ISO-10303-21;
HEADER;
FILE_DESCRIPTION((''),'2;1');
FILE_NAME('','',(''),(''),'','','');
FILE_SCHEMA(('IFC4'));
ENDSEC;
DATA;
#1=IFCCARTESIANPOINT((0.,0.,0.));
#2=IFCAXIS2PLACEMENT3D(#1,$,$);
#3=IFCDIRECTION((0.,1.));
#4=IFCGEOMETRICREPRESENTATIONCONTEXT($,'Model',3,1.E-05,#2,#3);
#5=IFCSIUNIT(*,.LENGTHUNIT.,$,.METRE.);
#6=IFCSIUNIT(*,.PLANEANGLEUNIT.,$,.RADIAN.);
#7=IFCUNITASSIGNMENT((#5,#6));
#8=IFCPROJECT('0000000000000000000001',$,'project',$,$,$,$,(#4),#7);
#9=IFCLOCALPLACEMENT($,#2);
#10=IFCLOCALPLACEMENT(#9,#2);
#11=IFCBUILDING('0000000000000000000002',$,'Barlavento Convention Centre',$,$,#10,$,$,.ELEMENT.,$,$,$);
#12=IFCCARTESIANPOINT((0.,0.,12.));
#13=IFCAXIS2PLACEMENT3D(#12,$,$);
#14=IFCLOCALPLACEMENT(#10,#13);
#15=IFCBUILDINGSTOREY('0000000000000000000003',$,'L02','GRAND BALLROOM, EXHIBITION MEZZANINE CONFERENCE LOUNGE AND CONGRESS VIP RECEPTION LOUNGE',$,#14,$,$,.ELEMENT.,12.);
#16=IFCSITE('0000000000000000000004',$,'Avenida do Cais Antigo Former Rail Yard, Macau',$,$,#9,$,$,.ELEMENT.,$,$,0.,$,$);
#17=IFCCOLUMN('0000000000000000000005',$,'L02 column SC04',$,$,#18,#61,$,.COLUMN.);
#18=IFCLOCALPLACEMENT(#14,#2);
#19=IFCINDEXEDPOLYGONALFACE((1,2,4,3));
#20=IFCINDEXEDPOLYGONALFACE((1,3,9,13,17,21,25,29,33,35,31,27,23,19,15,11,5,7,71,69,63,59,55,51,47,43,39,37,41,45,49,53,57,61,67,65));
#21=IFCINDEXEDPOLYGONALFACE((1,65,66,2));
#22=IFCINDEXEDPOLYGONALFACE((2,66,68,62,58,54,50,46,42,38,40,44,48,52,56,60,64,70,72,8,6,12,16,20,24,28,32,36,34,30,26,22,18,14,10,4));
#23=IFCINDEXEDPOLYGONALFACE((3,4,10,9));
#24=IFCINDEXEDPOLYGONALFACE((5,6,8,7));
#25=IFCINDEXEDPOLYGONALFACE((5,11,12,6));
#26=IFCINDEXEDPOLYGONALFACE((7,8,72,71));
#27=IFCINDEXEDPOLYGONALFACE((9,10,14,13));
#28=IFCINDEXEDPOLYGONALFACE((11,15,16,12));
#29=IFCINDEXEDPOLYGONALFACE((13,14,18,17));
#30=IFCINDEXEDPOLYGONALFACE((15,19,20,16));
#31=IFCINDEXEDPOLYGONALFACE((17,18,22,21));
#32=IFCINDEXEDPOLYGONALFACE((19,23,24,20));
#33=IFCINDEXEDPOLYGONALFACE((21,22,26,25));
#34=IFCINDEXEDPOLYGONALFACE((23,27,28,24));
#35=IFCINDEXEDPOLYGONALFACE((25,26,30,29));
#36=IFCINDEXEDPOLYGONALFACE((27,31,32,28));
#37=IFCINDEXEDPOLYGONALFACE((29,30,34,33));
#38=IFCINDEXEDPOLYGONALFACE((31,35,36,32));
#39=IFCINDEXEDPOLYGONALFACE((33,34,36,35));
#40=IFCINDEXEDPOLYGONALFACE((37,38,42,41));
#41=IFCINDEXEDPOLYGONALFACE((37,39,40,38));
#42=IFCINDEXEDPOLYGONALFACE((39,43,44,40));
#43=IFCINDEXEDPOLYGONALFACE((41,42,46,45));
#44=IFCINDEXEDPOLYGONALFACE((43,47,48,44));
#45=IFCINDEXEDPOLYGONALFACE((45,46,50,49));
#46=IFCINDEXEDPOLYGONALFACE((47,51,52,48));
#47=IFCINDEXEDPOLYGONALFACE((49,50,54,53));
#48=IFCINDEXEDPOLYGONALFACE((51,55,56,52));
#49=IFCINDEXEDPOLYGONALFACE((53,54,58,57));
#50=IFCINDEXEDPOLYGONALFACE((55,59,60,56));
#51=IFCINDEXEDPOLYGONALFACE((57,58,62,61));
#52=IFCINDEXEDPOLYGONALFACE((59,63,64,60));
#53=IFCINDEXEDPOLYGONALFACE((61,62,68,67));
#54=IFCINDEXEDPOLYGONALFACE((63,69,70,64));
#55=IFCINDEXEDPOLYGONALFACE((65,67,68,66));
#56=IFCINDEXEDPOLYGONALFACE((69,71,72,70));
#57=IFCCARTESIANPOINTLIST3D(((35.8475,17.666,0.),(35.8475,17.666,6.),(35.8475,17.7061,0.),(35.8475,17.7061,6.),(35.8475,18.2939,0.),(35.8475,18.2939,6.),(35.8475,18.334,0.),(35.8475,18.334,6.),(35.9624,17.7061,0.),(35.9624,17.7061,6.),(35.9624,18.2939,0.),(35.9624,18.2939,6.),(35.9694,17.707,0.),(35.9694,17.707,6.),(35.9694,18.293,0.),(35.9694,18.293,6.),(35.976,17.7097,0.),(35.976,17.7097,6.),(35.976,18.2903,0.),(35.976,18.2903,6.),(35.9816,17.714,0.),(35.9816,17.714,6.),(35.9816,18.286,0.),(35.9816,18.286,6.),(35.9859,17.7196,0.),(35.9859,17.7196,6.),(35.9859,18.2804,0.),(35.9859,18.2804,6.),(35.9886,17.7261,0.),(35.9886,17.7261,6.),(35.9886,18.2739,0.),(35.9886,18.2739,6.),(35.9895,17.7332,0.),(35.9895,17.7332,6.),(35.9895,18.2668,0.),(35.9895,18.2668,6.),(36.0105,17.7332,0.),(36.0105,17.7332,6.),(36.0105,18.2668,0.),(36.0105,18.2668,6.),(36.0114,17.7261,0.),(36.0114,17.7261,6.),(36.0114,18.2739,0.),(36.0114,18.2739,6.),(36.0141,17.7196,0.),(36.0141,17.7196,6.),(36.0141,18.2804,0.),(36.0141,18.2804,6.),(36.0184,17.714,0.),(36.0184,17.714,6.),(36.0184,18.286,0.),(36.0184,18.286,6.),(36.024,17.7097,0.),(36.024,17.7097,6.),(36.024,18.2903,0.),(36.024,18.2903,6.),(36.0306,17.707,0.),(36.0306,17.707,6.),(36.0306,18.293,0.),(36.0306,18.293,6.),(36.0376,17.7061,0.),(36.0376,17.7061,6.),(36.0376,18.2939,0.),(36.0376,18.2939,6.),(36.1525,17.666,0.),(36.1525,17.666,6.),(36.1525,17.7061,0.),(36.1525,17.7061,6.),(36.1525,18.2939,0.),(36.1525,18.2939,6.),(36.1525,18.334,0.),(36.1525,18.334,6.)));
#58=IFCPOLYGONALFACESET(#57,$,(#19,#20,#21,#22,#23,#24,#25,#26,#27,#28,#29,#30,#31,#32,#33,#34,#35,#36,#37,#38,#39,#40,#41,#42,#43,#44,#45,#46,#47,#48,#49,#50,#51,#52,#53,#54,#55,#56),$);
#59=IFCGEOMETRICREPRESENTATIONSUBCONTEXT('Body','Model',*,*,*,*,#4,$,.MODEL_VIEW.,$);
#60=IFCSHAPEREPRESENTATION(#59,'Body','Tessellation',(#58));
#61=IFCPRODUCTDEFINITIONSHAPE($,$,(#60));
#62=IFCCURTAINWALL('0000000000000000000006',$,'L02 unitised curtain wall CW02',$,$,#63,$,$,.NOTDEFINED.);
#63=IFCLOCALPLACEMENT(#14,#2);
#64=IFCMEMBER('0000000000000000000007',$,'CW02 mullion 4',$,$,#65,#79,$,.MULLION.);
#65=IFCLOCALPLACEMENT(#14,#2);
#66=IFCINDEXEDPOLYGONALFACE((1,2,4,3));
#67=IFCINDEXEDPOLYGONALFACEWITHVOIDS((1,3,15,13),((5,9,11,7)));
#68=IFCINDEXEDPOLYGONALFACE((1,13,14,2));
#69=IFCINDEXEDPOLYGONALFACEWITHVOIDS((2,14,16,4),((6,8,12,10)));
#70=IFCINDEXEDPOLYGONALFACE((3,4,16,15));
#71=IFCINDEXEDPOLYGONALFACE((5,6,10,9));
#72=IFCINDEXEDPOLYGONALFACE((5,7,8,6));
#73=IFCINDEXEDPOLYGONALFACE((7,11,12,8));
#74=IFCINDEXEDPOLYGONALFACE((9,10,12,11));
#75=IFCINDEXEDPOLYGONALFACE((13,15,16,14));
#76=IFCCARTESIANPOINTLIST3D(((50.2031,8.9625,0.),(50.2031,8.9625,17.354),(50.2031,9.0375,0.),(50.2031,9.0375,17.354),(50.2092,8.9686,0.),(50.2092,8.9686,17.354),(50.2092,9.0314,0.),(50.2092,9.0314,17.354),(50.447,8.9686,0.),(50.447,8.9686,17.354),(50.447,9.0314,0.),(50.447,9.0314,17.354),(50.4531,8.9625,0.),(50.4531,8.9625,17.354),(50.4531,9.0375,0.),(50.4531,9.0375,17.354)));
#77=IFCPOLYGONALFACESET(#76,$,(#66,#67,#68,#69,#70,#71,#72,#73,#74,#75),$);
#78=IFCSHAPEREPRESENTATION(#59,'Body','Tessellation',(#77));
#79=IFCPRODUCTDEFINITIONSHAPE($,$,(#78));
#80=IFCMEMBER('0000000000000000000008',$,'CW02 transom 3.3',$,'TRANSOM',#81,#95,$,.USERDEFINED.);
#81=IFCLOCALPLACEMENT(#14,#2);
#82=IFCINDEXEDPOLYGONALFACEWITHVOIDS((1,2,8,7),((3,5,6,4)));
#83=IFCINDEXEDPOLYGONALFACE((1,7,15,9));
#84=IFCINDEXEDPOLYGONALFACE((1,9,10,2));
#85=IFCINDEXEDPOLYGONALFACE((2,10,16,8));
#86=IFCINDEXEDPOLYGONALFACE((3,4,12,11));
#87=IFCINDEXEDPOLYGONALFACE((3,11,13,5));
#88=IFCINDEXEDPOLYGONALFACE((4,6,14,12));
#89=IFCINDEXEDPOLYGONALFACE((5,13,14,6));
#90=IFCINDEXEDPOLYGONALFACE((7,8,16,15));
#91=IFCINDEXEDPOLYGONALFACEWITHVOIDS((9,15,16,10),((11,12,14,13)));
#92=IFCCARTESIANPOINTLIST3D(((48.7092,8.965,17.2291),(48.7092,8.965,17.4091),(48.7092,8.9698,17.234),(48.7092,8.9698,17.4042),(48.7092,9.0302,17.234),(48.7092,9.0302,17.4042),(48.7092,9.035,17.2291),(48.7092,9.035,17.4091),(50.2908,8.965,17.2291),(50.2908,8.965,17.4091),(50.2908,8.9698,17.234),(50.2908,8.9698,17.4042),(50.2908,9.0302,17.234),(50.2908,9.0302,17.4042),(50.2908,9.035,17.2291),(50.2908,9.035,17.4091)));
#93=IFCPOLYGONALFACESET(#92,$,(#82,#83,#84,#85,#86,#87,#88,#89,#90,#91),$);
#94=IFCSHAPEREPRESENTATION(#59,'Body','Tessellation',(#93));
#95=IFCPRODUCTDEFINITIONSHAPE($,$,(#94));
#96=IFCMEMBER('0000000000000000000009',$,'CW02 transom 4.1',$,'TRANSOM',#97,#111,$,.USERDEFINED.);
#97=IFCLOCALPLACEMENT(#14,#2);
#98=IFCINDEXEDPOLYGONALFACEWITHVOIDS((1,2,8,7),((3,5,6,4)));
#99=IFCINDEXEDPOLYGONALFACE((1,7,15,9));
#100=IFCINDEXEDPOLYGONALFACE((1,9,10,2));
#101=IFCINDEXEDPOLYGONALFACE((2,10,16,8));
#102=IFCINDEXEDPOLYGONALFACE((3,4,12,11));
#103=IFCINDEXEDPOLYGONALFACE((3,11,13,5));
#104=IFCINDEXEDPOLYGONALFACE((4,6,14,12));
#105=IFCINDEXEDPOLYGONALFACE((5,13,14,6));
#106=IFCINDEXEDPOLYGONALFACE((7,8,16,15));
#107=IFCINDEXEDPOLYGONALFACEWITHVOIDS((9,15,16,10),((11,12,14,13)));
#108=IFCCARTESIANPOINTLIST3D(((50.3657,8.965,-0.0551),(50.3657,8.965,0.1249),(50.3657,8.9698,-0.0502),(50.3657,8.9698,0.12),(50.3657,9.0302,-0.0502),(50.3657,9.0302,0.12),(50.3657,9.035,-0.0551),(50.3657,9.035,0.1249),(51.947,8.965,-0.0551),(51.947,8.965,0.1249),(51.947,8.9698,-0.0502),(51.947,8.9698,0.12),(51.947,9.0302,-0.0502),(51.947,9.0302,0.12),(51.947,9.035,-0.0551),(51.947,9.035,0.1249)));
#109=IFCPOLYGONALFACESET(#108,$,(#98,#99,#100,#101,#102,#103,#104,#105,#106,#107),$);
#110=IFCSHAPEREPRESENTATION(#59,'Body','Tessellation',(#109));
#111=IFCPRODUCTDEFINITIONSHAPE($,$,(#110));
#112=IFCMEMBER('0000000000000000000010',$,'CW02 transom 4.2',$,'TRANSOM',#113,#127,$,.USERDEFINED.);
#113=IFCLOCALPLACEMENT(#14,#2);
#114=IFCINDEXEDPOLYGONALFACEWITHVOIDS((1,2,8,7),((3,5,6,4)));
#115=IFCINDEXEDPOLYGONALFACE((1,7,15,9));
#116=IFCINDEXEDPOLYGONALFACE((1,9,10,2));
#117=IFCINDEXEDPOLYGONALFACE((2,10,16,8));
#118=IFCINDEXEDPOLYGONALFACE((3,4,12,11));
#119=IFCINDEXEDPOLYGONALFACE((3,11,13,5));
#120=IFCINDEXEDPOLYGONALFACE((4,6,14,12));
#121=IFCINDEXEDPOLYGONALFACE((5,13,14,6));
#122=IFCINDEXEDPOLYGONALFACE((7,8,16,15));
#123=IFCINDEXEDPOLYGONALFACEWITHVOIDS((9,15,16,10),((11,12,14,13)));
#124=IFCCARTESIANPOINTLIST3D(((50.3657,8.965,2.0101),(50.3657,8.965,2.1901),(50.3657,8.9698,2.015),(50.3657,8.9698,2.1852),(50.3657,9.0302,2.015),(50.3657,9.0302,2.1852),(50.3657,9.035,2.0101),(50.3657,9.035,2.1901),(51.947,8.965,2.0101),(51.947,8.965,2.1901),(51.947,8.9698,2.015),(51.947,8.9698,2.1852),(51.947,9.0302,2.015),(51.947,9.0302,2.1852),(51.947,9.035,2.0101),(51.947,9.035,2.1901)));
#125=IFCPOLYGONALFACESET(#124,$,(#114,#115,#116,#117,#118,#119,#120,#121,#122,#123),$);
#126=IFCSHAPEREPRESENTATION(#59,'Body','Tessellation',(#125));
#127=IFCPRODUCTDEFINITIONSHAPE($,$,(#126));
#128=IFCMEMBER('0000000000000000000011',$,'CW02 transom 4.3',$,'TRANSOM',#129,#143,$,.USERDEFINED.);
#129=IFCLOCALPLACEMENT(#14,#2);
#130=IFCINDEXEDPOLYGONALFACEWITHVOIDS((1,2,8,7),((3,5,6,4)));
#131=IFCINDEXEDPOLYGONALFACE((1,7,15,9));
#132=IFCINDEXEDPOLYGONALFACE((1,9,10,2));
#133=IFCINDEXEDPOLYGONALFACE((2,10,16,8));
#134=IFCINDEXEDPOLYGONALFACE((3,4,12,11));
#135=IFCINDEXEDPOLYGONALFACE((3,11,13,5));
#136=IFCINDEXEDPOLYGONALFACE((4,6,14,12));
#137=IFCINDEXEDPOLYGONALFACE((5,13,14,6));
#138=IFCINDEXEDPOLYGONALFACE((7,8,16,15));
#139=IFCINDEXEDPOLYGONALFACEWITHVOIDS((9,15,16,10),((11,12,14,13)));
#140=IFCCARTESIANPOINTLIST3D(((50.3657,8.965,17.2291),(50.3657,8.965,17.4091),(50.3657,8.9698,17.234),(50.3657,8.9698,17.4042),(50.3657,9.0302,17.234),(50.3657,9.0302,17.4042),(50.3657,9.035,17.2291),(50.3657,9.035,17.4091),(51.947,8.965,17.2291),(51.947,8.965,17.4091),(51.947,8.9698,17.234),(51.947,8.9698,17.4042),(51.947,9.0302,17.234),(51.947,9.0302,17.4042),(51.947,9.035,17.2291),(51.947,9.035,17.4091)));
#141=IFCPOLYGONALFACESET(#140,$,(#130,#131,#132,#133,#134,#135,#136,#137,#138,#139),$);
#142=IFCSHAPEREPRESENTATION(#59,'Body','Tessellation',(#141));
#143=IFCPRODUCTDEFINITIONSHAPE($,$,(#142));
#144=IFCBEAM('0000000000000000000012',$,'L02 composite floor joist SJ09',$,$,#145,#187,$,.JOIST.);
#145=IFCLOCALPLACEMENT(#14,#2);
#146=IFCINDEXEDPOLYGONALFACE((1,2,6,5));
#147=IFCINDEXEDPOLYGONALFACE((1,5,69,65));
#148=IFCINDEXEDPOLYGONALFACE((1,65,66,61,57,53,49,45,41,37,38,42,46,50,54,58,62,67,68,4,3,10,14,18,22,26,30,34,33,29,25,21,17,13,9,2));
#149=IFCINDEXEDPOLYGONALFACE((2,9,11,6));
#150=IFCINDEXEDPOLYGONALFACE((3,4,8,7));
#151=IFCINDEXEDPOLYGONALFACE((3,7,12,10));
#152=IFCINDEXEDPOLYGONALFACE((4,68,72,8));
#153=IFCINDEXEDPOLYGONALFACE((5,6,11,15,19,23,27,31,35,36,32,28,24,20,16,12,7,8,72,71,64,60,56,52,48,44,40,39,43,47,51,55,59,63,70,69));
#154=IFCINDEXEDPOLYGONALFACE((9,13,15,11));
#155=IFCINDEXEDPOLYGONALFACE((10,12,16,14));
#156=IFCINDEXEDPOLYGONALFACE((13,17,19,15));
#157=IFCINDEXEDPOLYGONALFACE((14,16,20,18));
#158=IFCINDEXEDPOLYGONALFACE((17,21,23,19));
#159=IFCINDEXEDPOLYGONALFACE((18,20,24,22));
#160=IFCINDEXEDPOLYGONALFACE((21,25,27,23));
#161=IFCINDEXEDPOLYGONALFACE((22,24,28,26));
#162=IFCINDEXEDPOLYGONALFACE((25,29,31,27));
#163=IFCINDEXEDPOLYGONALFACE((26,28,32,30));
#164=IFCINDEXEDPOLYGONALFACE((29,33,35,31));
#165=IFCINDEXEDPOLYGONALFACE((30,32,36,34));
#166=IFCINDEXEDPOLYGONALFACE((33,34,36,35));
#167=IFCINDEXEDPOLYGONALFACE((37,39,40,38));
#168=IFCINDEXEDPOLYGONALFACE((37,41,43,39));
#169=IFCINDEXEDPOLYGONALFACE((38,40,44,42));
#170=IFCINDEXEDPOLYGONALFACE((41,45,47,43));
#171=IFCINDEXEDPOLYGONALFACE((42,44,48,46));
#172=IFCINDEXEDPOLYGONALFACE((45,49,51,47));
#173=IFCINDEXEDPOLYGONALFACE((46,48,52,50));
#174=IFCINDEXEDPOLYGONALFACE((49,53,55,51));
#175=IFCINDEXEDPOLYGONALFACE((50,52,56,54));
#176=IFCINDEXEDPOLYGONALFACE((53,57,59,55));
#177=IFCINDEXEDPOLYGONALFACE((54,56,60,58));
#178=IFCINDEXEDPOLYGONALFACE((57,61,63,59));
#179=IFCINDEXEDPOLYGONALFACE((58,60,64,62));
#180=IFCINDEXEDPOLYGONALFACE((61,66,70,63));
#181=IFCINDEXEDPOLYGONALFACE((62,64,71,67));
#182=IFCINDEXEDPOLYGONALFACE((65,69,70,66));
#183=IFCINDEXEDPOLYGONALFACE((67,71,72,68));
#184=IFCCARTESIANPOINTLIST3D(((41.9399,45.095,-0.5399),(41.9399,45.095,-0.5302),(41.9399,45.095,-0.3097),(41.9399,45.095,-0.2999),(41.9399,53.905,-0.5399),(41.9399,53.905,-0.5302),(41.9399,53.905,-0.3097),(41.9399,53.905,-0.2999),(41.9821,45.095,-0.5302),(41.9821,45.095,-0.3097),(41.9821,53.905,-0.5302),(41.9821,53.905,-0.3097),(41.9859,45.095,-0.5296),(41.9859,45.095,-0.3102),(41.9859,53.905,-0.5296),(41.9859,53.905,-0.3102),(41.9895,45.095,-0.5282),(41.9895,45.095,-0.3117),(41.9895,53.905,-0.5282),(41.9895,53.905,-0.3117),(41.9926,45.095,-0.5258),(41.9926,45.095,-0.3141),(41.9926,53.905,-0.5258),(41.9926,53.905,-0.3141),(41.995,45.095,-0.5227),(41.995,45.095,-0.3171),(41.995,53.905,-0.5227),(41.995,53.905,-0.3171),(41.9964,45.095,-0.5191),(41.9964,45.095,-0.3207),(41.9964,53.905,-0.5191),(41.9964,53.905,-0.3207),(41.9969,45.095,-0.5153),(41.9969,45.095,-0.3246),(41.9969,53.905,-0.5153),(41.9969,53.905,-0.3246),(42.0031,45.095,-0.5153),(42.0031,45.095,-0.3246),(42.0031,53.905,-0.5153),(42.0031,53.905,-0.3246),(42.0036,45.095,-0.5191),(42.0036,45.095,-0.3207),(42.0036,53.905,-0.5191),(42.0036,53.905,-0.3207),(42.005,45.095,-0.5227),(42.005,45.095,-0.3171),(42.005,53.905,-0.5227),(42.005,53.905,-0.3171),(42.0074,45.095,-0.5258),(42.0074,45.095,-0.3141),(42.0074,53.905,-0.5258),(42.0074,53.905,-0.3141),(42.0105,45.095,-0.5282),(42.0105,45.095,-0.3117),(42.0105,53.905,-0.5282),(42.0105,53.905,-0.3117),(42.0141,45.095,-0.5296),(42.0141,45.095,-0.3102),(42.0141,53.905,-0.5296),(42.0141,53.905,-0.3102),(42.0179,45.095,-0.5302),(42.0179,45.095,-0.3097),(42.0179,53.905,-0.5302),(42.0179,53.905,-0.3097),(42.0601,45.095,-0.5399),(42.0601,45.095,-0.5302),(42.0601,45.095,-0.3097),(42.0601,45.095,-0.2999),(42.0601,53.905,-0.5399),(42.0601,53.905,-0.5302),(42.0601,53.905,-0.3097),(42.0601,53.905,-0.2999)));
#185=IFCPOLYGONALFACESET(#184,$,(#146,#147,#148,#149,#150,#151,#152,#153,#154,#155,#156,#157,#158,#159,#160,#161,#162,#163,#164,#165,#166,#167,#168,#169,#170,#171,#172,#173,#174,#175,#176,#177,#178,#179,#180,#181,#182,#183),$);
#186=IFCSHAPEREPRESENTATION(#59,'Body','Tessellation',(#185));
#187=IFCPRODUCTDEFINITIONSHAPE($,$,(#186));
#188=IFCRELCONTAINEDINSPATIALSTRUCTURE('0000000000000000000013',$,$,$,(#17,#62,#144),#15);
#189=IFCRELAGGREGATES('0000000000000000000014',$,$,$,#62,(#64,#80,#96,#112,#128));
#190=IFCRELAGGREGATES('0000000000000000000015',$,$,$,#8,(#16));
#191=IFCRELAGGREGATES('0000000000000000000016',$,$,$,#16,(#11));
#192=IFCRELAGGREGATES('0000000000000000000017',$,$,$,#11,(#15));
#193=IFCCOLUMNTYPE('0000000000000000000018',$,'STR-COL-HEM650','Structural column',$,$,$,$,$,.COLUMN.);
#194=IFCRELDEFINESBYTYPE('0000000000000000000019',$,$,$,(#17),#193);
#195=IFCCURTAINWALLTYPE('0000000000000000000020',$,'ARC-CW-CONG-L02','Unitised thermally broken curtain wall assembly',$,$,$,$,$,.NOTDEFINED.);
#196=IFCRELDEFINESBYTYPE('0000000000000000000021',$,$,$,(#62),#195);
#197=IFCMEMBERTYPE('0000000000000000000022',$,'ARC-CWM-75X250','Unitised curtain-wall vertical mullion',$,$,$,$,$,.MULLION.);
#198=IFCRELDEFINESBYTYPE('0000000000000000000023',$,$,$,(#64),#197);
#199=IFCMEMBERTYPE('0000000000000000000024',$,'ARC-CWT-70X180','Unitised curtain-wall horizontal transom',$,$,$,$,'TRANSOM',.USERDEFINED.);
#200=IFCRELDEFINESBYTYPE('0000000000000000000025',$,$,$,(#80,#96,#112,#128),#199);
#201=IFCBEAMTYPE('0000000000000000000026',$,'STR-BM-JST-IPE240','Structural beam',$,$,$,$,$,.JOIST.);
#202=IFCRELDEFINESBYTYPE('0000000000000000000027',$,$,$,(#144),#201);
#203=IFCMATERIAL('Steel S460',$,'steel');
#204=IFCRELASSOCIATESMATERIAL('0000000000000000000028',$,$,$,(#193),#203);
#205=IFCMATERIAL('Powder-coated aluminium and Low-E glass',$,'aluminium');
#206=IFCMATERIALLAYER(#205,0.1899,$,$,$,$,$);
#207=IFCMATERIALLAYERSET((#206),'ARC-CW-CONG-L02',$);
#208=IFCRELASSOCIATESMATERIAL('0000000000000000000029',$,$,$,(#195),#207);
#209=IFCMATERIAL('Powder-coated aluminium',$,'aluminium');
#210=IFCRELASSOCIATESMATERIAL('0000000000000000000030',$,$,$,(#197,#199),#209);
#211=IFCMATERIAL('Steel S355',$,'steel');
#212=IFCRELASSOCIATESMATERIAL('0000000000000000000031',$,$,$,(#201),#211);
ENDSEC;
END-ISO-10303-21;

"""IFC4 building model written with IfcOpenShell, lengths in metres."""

from ifc_helpers import new_model, si_unit, direction, frame, origin, origin_2d, place, context, subcontext, project, spatial, hollow_rectangle, i_section, extrude, material, layer, layer_set, material_profile, profile_set, type_object, element, aggregate, save


model = new_model("IFC4")

# Units and contexts
model_context = context("Model", 3, precision=1e-05, world=origin(), true_north=direction((0.0, 1.0)))
body_context = subcontext(model_context, "Body", "Model", "MODEL_VIEW")
ifc_project = project(units=[si_unit("LENGTHUNIT", "METRE"), si_unit("PLANEANGLEUNIT", "RADIAN")], contexts=[model_context])

# Site, building, storey
site_placement = place(None, origin())
site = spatial("IfcSite", under=ifc_project, at=site_placement, Name="Avenida do Cais Antigo Former Rail Yard, Macau", CompositionType="ELEMENT", RefElevation=0.0)
building_placement = place(site_placement, origin())
building = spatial("IfcBuilding", under=site, at=building_placement, Name="Barlavento Convention Centre", CompositionType="ELEMENT")
storey_placement = place(building_placement, frame((0.0, 0.0, 12.0)))
storey = spatial("IfcBuildingStorey", under=building, at=storey_placement, Name="L02", Description="GRAND BALLROOM, EXHIBITION MEZZANINE CONFERENCE LOUNGE AND CONGRESS VIP RECEPTION LOUNGE", CompositionType="ELEMENT", Elevation=12.0)

# Column
ifc_material_1 = material(Name="Steel S355", Category="steel")
ifc_material_2 = material(Name="Steel S460", Category="steel")
ifc_material_profile_1 = material_profile(ifc_material_2, i_section(OverallWidth=0.3049, OverallDepth=0.668, WebThickness=0.021, FlangeThickness=0.04, FilletRadius=0.0271, at=origin_2d()), Name="HEM 650")
ifc_profile_set_1 = profile_set([ifc_material_profile_1], Name="Steel S460")
column_type_1 = type_object("IfcColumnType", Name="STR-COL-HEM650", Description="Structural column", PredefinedType="COLUMN", material=ifc_profile_set_1)
column_1_placement = place(storey_placement, frame((36.0, 18.0, 0.0), z_axis=(0.0, 0.0, 1.0), x_axis=(1.0, 0.0, 0.0)))
element("IfcColumn", 1, at=column_1_placement, inside=storey, type_object=column_type_1, Name="L02 column SC04", PredefinedType="COLUMN", context=body_context, shape_type="SweptSolid", body=[
    extrude(i_section(OverallWidth=0.3049, OverallDepth=0.668, WebThickness=0.021, FlangeThickness=0.04, FilletRadius=0.0271, at=origin_2d()), origin(), (0.0, 0.0, 1.0), 6.0),
])

# Curtain wall, members
ifc_material_3 = material(Name="Powder-coated aluminium and Low-E glass", Category="aluminium")
ifc_layer_1 = layer(ifc_material_3, 0.1899)
ifc_layer_set_1 = layer_set([ifc_layer_1], Name="ARC-CW-CONG-L02")
curtain_wall_type = type_object("IfcCurtainWallType", Name="ARC-CW-CONG-L02", Description="Unitised thermally broken curtain wall assembly", PredefinedType="NOTDEFINED", material=ifc_layer_set_1)
curtain_wall_placement = place(storey_placement, origin())
curtain_wall = element("IfcCurtainWall", 2, at=curtain_wall_placement, inside=storey, type_object=curtain_wall_type, Name="L02 unitised curtain wall CW02", PredefinedType="NOTDEFINED")
ifc_material_4 = material(Name="Powder-coated aluminium", Category="aluminium")
ifc_material_profile_2 = material_profile(ifc_material_4, hollow_rectangle(XDim=0.075, YDim=0.25, WallThickness=0.0061, at=origin_2d()), Name="AL-MULL 75x250x6")
ifc_profile_set_2 = profile_set([ifc_material_profile_2], Name="Powder-coated aluminium")
member_type_1 = type_object("IfcMemberType", Name="ARC-CWM-75X250", Description="Unitised curtain-wall vertical mullion", PredefinedType="MULLION", material=ifc_profile_set_2)
member_1_placement = place(storey_placement, frame((50.3281, 9.0, 0.0), z_axis=(0.0, 0.0, 1.0), x_axis=(0.0, 1.0, 0.0)))
member_1 = element("IfcMember", 3, at=member_1_placement, type_object=member_type_1, Name="CW02 mullion 4", PredefinedType="MULLION", context=body_context, shape_type="SweptSolid", body=[
    extrude(hollow_rectangle(XDim=0.075, YDim=0.25, WallThickness=0.0061, at=origin_2d()), origin(), (0.0, 0.0, 1.0), 17.354),
])
ifc_material_profile_3 = material_profile(ifc_material_4, hollow_rectangle(XDim=0.0701, YDim=0.1799, WallThickness=0.0049, at=origin_2d()), Name="AL-TRAN 70x180x5")
ifc_profile_set_3 = profile_set([ifc_material_profile_3], Name="Powder-coated aluminium")
member_type_2 = type_object("IfcMemberType", Name="ARC-CWT-70X180", Description="Unitised curtain-wall horizontal transom", ElementType="TRANSOM", PredefinedType="USERDEFINED", material=ifc_profile_set_3)
member_2_placement = place(storey_placement, frame((48.7092, 9.0, 17.3191), z_axis=(1.0, 0.0, 0.0), x_axis=(0.0, 1.0, 0.0)))
member_2 = element("IfcMember", 4, at=member_2_placement, type_object=member_type_2, Name="CW02 transom 3.3", ObjectType="TRANSOM", PredefinedType="USERDEFINED", context=body_context, shape_type="SweptSolid", body=[
    extrude(hollow_rectangle(XDim=0.0701, YDim=0.1799, WallThickness=0.0049, at=origin_2d()), origin(), (0.0, 0.0, 1.0), 1.5815),
])
member_3_placement = place(storey_placement, frame((50.3657, 9.0, 0.0349), z_axis=(1.0, 0.0, 0.0), x_axis=(0.0, 1.0, 0.0)))
member_3 = element("IfcMember", 5, at=member_3_placement, type_object=member_type_2, Name="CW02 transom 4.1", ObjectType="TRANSOM", PredefinedType="USERDEFINED", context=body_context, shape_type="SweptSolid", body=[
    extrude(hollow_rectangle(XDim=0.0701, YDim=0.1799, WallThickness=0.0049, at=origin_2d()), origin(), (0.0, 0.0, 1.0), 1.5813),
])
member_4_placement = place(storey_placement, frame((50.3657, 9.0, 2.1001), z_axis=(1.0, 0.0, 0.0), x_axis=(0.0, 1.0, 0.0)))
member_4 = element("IfcMember", 6, at=member_4_placement, type_object=member_type_2, Name="CW02 transom 4.2", ObjectType="TRANSOM", PredefinedType="USERDEFINED", context=body_context, shape_type="SweptSolid", body=[
    extrude(hollow_rectangle(XDim=0.0701, YDim=0.1799, WallThickness=0.0049, at=origin_2d()), origin(), (0.0, 0.0, 1.0), 1.5813),
])
member_5_placement = place(storey_placement, frame((50.3657, 9.0, 17.3191), z_axis=(1.0, 0.0, 0.0), x_axis=(0.0, 1.0, 0.0)))
member_5 = element("IfcMember", 7, at=member_5_placement, type_object=member_type_2, Name="CW02 transom 4.3", ObjectType="TRANSOM", PredefinedType="USERDEFINED", context=body_context, shape_type="SweptSolid", body=[
    extrude(hollow_rectangle(XDim=0.0701, YDim=0.1799, WallThickness=0.0049, at=origin_2d()), origin(), (0.0, 0.0, 1.0), 1.5813),
])

# Beam
ifc_material_profile_4 = material_profile(ifc_material_1, i_section(OverallWidth=0.1201, OverallDepth=0.24, WebThickness=0.0061, FlangeThickness=0.0098, FilletRadius=0.0149, at=origin_2d()), Name="IPE 240")
ifc_profile_set_4 = profile_set([ifc_material_profile_4], Name="Steel S355")
beam_type_1 = type_object("IfcBeamType", Name="STR-BM-JST-IPE240", Description="Structural beam", PredefinedType="JOIST", material=ifc_profile_set_4)
beam_1_placement = place(storey_placement, frame((42.0, 45.095, -0.4199), z_axis=(0.0, 1.0, 0.0), x_axis=(-1.0, 0.0, 0.0)))
element("IfcBeam", 8, at=beam_1_placement, inside=storey, type_object=beam_type_1, Name="L02 composite floor joist SJ09", PredefinedType="JOIST", context=body_context, shape_type="SweptSolid", body=[
    extrude(i_section(OverallWidth=0.1201, OverallDepth=0.24, WebThickness=0.0061, FlangeThickness=0.0098, FilletRadius=0.0149, at=origin_2d()), origin(), (0.0, 0.0, 1.0), 8.8101),
])

aggregate(curtain_wall, [member_1, member_2, member_3, member_4, member_5])

save(model, "model.ifc")
